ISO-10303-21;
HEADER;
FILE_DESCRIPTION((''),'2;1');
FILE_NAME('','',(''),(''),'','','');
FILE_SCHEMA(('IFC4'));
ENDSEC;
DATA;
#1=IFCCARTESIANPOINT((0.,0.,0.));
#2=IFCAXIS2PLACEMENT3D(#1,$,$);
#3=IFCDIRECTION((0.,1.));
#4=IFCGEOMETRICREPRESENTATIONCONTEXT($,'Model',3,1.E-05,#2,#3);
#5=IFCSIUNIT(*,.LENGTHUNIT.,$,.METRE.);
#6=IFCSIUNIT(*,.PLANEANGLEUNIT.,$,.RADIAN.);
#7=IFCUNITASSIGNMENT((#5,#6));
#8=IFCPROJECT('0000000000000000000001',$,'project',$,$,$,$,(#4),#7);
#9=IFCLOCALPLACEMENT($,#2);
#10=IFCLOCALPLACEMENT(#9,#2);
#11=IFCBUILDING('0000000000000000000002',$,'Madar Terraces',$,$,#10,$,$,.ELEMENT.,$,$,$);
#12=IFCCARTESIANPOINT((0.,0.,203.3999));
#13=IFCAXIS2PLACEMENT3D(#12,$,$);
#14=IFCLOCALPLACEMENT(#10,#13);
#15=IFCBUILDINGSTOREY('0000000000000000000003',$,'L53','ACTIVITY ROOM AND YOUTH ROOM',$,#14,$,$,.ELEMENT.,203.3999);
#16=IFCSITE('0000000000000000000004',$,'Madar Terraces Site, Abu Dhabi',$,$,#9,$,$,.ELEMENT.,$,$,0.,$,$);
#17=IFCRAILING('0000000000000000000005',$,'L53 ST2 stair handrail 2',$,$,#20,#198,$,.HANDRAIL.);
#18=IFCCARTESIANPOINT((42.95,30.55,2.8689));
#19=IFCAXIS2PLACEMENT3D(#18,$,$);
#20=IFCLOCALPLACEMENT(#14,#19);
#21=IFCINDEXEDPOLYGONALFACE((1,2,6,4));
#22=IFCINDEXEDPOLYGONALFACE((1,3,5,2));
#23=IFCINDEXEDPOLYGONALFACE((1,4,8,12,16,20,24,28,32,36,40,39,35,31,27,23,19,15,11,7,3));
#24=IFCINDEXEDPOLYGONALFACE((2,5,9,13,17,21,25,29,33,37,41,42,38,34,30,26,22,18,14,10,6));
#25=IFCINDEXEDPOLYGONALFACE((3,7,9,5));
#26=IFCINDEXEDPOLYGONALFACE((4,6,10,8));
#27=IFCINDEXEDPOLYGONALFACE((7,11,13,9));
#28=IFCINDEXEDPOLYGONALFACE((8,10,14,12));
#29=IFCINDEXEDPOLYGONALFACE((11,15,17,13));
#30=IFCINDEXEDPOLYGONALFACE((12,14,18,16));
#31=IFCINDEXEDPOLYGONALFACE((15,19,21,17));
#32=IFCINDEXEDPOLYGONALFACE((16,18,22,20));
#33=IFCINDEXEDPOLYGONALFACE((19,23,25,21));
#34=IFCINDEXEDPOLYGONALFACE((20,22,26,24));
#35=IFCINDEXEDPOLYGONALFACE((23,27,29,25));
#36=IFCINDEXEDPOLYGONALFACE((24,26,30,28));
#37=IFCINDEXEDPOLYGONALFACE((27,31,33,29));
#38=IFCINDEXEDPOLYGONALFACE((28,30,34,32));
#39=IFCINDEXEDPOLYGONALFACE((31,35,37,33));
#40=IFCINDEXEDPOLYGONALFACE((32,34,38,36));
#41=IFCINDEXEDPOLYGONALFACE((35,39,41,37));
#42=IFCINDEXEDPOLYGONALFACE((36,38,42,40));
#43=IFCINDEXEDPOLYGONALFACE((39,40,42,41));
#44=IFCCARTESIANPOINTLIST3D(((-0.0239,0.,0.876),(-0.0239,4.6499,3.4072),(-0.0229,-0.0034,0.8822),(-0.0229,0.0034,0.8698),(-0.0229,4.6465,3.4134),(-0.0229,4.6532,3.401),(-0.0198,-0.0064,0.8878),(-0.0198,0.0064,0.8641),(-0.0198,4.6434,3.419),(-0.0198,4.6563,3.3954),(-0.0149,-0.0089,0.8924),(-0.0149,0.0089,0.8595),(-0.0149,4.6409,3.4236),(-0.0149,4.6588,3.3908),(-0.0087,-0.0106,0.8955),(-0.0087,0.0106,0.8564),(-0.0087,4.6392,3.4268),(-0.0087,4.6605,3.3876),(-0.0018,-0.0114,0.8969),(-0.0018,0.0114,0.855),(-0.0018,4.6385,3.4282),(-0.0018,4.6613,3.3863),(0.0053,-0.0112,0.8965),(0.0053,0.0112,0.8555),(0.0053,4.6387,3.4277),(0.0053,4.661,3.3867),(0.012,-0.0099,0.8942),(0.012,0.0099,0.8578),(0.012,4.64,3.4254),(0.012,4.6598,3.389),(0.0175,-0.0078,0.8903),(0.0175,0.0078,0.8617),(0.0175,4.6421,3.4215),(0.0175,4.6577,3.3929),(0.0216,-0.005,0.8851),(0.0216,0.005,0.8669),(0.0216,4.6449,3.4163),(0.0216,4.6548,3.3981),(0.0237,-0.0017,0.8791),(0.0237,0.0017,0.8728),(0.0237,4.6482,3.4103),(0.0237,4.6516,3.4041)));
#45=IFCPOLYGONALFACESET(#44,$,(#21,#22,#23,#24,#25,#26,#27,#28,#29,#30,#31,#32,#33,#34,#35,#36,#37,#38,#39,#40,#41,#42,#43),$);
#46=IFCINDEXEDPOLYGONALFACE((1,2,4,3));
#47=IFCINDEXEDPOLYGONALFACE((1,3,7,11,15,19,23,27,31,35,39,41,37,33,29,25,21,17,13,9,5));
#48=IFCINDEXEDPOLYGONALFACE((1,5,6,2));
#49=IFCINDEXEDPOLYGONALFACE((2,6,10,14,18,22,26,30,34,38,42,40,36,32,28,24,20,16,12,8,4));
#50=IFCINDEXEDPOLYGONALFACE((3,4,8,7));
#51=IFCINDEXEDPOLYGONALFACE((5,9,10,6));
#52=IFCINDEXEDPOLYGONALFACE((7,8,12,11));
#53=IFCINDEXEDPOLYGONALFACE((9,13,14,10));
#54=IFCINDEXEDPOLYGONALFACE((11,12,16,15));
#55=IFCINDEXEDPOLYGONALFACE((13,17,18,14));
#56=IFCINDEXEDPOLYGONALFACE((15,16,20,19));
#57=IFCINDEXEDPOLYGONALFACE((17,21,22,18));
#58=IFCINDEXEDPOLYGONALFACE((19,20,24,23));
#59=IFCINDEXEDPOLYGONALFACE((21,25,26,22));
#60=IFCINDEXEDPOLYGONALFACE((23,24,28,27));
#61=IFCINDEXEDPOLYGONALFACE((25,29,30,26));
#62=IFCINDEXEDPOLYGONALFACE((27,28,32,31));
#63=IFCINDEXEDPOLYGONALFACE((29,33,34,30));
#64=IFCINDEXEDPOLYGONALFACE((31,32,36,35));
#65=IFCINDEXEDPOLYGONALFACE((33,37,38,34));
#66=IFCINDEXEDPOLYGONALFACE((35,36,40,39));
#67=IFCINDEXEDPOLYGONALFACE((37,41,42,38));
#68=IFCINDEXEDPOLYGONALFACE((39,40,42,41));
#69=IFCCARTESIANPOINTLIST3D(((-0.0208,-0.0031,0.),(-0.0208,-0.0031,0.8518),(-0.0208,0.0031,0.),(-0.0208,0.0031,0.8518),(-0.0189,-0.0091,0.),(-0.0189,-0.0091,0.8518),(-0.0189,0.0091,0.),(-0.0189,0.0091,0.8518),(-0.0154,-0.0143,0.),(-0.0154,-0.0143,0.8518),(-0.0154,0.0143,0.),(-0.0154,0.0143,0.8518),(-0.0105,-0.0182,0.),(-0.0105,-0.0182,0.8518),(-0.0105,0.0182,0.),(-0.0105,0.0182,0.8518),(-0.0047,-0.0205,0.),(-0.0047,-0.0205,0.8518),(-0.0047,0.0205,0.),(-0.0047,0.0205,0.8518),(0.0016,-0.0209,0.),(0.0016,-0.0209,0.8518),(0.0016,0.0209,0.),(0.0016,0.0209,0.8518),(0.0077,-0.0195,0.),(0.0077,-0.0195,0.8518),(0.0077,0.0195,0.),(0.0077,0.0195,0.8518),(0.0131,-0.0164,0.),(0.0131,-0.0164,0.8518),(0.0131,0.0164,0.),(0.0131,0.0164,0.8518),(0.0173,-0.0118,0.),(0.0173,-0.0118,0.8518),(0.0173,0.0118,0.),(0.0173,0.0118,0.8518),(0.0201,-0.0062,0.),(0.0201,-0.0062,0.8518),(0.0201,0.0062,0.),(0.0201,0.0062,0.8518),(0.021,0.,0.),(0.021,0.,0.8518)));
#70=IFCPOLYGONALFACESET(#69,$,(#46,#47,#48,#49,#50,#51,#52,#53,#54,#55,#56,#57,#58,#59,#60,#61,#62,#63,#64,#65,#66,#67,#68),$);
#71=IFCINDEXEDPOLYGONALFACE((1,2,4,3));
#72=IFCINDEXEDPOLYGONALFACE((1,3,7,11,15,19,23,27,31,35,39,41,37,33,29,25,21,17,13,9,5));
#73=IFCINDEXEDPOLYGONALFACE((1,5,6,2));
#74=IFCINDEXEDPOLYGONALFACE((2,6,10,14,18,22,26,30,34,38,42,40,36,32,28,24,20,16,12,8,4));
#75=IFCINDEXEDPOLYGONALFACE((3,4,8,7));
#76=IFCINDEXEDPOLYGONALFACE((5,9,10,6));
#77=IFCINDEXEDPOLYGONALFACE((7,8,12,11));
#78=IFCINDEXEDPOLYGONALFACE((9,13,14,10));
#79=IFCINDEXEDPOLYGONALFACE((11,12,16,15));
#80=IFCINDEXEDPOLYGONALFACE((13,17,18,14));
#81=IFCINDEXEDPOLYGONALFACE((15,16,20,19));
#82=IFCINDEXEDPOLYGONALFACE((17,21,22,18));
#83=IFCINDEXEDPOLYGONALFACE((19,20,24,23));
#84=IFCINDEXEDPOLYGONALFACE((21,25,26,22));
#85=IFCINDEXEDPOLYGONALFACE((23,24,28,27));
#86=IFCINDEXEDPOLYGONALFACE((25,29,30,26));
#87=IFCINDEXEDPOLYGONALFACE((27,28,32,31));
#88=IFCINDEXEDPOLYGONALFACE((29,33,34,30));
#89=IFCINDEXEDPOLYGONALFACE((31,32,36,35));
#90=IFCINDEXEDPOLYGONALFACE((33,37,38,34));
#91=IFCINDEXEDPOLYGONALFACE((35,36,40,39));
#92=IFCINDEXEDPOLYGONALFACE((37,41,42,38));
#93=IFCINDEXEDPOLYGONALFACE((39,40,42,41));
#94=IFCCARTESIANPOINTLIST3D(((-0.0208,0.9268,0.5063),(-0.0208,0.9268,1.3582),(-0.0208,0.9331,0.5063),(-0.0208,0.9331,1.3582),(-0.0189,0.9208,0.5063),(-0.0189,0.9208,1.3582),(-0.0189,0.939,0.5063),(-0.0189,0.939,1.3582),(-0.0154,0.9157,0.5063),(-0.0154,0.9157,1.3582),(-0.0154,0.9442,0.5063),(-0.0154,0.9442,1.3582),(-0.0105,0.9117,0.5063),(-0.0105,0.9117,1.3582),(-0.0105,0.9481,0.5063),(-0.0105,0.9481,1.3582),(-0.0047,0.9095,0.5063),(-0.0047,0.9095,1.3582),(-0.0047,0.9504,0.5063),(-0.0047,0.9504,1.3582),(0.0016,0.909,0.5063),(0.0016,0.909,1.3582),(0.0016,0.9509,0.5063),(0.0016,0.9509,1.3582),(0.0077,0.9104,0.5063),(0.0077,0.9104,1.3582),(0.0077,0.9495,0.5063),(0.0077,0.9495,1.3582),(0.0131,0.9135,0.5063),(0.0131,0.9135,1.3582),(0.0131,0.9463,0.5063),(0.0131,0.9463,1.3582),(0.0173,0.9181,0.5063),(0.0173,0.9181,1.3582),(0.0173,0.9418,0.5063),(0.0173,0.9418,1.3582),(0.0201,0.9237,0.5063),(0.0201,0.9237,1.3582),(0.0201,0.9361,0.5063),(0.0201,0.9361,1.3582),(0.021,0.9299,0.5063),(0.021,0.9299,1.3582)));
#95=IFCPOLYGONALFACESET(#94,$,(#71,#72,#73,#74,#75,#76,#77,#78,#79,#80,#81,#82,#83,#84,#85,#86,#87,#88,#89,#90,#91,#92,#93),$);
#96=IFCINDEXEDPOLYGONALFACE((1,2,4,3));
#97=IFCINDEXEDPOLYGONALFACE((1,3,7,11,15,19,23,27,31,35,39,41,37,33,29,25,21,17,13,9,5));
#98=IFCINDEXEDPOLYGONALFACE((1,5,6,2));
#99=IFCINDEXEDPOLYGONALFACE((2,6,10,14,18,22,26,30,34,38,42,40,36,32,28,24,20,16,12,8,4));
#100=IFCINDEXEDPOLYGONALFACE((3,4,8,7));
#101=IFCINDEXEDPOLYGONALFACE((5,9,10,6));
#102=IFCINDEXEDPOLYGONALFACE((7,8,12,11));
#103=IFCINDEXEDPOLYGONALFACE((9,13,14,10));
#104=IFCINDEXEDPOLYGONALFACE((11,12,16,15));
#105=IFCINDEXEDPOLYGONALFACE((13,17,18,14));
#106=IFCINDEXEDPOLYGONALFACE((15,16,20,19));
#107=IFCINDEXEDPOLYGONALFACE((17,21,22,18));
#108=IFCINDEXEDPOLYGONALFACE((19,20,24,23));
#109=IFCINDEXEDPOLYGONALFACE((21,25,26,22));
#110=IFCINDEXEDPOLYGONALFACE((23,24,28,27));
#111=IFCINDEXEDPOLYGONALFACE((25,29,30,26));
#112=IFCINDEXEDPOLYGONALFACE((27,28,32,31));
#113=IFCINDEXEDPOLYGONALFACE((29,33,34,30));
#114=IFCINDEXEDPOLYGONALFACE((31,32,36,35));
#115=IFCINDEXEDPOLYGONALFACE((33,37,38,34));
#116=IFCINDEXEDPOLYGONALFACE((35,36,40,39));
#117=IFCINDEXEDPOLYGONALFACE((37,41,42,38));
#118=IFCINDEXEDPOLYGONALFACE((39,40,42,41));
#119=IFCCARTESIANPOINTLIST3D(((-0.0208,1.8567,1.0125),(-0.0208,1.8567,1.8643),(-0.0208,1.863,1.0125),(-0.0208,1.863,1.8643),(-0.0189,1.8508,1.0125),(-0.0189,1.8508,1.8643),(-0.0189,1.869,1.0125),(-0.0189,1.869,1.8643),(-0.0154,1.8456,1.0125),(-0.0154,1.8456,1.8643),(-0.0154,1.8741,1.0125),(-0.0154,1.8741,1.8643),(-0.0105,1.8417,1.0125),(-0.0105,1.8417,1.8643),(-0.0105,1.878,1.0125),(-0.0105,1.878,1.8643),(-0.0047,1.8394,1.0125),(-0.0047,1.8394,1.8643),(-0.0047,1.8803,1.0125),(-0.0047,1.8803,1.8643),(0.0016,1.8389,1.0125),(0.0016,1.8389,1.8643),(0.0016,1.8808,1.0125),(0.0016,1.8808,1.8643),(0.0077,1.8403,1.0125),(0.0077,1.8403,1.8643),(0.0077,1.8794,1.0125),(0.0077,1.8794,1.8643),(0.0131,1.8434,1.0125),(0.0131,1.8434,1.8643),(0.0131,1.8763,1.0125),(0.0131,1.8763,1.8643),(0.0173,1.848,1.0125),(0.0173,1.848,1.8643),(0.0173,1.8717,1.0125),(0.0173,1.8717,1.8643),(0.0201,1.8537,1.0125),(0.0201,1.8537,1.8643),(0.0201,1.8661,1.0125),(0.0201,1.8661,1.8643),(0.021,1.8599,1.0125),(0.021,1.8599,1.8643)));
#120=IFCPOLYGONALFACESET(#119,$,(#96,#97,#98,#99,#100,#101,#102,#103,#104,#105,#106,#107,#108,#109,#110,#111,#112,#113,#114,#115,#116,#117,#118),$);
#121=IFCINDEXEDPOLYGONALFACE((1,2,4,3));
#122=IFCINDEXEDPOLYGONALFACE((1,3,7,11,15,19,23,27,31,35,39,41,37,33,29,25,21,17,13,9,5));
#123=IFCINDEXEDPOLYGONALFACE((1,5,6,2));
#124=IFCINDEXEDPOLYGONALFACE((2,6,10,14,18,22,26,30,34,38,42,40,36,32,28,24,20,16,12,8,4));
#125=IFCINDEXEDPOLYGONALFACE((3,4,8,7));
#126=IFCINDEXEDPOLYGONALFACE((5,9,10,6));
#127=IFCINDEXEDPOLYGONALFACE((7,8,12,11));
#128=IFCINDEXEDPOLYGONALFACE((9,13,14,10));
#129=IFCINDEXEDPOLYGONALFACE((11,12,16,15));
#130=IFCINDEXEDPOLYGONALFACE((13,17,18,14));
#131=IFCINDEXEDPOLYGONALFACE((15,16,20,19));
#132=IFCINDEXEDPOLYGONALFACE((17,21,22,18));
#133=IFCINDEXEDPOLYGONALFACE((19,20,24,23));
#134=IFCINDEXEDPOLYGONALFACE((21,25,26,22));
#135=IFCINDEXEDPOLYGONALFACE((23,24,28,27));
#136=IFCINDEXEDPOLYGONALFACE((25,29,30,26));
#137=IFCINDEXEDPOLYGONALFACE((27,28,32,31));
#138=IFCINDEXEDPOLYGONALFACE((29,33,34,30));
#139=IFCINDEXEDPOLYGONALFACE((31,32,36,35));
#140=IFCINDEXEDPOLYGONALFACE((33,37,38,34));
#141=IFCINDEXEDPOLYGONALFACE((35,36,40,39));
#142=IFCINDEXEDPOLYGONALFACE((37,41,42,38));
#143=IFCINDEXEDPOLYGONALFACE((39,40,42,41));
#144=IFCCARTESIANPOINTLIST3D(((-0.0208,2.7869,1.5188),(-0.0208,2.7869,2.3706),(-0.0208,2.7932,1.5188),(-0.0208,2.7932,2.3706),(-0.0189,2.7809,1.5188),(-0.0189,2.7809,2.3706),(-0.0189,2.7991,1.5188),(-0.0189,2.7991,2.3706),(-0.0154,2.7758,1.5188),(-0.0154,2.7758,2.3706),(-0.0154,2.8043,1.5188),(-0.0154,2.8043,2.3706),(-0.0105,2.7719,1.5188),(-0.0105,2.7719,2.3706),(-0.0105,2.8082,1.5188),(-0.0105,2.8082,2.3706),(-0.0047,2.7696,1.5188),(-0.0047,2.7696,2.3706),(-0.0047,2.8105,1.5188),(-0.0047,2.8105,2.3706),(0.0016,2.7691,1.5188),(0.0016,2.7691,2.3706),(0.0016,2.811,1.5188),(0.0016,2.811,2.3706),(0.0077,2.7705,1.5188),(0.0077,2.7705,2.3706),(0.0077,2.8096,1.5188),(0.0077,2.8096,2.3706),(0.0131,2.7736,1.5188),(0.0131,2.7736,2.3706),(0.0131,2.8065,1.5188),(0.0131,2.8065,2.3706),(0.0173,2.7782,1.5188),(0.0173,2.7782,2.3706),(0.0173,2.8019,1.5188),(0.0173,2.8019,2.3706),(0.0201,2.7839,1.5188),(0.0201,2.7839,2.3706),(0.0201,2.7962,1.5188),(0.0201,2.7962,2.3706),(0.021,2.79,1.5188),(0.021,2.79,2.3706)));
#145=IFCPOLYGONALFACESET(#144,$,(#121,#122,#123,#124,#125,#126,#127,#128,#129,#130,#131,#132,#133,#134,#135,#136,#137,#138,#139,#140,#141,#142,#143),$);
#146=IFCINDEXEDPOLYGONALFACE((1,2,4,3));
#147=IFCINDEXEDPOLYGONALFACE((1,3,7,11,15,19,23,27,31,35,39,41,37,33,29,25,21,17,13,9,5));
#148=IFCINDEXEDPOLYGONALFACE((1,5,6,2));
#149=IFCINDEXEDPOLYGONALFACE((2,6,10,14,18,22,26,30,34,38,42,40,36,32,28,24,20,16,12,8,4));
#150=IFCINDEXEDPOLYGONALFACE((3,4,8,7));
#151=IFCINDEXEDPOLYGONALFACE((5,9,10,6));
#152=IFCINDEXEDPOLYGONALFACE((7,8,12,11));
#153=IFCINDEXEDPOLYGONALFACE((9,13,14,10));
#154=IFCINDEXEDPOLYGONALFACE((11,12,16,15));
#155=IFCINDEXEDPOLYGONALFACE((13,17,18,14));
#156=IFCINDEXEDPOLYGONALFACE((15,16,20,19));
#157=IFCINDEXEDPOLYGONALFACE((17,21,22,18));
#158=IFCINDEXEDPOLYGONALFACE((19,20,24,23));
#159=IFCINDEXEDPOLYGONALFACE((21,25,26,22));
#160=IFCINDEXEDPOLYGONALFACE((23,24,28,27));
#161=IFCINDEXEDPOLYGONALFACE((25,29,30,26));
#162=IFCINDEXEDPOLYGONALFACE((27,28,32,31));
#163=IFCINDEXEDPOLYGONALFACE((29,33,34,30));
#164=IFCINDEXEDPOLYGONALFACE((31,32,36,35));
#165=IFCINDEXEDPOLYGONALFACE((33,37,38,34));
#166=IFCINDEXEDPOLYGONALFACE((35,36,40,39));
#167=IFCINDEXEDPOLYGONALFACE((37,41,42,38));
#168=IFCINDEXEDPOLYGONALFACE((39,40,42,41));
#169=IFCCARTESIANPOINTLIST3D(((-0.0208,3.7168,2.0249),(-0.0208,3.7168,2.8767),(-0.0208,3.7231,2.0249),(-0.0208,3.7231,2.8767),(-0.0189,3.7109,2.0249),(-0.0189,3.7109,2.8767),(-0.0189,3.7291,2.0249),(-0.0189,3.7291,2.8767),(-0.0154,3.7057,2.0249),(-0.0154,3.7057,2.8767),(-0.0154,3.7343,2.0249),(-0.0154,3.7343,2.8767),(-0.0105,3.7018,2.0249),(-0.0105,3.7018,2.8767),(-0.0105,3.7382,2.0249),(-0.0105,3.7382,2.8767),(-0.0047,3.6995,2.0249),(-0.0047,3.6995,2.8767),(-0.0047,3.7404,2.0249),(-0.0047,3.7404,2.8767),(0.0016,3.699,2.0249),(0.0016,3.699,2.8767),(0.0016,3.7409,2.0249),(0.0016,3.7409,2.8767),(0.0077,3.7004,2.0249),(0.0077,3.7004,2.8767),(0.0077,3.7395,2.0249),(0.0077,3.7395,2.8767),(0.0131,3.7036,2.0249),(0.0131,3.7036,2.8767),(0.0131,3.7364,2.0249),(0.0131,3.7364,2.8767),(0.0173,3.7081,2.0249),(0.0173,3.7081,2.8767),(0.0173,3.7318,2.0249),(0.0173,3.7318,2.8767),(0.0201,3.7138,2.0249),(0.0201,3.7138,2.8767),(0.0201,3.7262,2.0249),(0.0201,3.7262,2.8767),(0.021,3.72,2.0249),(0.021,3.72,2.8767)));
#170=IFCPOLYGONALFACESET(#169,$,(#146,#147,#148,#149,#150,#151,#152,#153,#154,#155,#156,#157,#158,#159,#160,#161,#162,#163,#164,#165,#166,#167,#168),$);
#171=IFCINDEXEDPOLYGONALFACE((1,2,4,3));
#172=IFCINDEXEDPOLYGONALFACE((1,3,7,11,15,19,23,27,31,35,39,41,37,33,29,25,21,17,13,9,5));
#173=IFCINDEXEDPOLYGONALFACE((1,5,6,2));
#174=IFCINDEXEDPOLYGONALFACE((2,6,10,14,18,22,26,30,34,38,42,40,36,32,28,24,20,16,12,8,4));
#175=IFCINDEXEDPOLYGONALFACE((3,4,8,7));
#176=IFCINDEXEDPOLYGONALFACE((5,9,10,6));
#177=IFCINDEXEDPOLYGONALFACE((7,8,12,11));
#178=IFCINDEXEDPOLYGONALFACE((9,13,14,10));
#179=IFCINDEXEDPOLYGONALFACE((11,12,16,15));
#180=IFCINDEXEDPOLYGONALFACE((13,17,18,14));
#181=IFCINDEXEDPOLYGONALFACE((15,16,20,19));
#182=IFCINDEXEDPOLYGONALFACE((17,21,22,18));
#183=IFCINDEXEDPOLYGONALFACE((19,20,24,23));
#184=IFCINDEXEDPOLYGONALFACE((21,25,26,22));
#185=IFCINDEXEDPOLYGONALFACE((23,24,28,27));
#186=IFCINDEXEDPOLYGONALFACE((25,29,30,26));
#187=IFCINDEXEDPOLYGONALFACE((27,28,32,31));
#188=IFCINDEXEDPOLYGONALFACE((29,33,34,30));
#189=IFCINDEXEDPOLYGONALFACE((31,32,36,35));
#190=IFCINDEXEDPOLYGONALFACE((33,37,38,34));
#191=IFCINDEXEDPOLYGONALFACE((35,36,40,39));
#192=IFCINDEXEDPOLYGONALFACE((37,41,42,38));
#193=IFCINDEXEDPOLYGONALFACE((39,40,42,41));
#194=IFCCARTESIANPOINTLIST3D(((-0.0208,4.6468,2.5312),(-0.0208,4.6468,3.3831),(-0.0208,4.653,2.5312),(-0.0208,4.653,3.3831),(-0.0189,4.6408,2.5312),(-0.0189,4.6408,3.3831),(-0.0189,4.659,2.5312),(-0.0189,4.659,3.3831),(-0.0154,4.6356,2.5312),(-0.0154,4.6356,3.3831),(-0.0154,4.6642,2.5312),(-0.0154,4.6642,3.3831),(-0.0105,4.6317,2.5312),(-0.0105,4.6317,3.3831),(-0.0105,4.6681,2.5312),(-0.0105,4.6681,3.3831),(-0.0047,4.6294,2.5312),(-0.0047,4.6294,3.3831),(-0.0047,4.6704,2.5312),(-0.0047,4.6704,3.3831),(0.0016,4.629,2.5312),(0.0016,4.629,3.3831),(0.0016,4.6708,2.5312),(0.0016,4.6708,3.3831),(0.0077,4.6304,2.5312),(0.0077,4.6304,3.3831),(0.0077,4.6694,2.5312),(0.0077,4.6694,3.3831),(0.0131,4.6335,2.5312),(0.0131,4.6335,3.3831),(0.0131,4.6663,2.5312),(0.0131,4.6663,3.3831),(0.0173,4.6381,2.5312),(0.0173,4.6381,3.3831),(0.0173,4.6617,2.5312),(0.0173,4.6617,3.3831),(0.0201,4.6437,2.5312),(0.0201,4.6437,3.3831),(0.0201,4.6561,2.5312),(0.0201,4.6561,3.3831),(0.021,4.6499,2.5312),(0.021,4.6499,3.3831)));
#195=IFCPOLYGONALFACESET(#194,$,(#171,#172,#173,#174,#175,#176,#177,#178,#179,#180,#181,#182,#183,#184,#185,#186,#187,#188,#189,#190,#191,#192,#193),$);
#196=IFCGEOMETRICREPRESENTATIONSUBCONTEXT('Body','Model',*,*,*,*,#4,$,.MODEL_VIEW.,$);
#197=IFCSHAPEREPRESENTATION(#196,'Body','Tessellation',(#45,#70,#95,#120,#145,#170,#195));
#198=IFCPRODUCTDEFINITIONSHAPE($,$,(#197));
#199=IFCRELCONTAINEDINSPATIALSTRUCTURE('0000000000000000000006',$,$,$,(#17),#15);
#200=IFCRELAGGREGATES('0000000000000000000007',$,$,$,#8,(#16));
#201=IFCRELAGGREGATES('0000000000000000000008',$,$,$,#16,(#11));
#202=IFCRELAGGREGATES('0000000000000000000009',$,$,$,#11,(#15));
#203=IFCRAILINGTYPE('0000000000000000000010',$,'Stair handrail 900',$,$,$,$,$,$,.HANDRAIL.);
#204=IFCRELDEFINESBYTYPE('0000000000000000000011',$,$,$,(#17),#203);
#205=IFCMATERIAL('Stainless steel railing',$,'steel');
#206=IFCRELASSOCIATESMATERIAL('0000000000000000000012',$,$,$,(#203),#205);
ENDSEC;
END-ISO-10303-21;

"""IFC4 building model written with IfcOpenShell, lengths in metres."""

from ifc_helpers import new_model, si_unit, direction, frame, origin, origin_2d, place, context, subcontext, project, spatial, circle, extrude, material, type_object, element, save


model = new_model("IFC4")

# Units and contexts
model_context = context("Model", 3, precision=1e-05, world=origin(), true_north=direction((0.0, 1.0)))
body_context = subcontext(model_context, "Body", "Model", "MODEL_VIEW")
ifc_project = project(units=[si_unit("LENGTHUNIT", "METRE"), si_unit("PLANEANGLEUNIT", "RADIAN")], contexts=[model_context])

# Site, building, storey
site_placement = place(None, origin())
site = spatial("IfcSite", under=ifc_project, at=site_placement, Name="Madar Terraces Site, Abu Dhabi", CompositionType="ELEMENT", RefElevation=0.0)
building_placement = place(site_placement, origin())
building = spatial("IfcBuilding", under=site, at=building_placement, Name="Madar Terraces", CompositionType="ELEMENT")
storey_placement = place(building_placement, frame((0.0, 0.0, 203.3999)))
storey = spatial("IfcBuildingStorey", under=building, at=storey_placement, Name="L53", Description="ACTIVITY ROOM AND YOUTH ROOM", CompositionType="ELEMENT", Elevation=203.3999)

# Railing
ifc_material_1 = material(Name="Stainless steel railing", Category="steel")
railing_type_1 = type_object("IfcRailingType", Name="Stair handrail 900", PredefinedType="HANDRAIL", material=ifc_material_1)
railing_1_placement = place(storey_placement, frame((42.95, 30.55, 2.8689)))
element("IfcRailing", 1, at=railing_1_placement, inside=storey, type_object=railing_type_1, Name="L53 ST2 stair handrail 2", PredefinedType="HANDRAIL", context=body_context, shape_type="SweptSolid", body=[
    extrude(circle(Radius=0.0239, at=origin_2d()), frame((0.0, 0.0, 0.876), z_axis=(0.0, 0.878297, 0.478115), x_axis=(-1.0, 0.0, 0.0)), (0.0, 0.0, 1.0), 5.2942),
    extrude(circle(Radius=0.021, at=origin_2d()), origin(), (0.0, 0.0, 1.0), 0.8518),
    extrude(circle(Radius=0.021, at=origin_2d()), frame((0.0, 0.9299, 0.5063)), (0.0, 0.0, 1.0), 0.8518),
    extrude(circle(Radius=0.021, at=origin_2d()), frame((0.0, 1.8599, 1.0125)), (0.0, 0.0, 1.0), 0.8518),
    extrude(circle(Radius=0.021, at=origin_2d()), frame((0.0, 2.79, 1.5188)), (0.0, 0.0, 1.0), 0.8518),
    extrude(circle(Radius=0.021, at=origin_2d()), frame((0.0, 3.72, 2.0249)), (0.0, 0.0, 1.0), 0.8518),
    extrude(circle(Radius=0.021, at=origin_2d()), frame((0.0, 4.6499, 2.5312)), (0.0, 0.0, 1.0), 0.8518),
])

save(model, "model.ifc")
